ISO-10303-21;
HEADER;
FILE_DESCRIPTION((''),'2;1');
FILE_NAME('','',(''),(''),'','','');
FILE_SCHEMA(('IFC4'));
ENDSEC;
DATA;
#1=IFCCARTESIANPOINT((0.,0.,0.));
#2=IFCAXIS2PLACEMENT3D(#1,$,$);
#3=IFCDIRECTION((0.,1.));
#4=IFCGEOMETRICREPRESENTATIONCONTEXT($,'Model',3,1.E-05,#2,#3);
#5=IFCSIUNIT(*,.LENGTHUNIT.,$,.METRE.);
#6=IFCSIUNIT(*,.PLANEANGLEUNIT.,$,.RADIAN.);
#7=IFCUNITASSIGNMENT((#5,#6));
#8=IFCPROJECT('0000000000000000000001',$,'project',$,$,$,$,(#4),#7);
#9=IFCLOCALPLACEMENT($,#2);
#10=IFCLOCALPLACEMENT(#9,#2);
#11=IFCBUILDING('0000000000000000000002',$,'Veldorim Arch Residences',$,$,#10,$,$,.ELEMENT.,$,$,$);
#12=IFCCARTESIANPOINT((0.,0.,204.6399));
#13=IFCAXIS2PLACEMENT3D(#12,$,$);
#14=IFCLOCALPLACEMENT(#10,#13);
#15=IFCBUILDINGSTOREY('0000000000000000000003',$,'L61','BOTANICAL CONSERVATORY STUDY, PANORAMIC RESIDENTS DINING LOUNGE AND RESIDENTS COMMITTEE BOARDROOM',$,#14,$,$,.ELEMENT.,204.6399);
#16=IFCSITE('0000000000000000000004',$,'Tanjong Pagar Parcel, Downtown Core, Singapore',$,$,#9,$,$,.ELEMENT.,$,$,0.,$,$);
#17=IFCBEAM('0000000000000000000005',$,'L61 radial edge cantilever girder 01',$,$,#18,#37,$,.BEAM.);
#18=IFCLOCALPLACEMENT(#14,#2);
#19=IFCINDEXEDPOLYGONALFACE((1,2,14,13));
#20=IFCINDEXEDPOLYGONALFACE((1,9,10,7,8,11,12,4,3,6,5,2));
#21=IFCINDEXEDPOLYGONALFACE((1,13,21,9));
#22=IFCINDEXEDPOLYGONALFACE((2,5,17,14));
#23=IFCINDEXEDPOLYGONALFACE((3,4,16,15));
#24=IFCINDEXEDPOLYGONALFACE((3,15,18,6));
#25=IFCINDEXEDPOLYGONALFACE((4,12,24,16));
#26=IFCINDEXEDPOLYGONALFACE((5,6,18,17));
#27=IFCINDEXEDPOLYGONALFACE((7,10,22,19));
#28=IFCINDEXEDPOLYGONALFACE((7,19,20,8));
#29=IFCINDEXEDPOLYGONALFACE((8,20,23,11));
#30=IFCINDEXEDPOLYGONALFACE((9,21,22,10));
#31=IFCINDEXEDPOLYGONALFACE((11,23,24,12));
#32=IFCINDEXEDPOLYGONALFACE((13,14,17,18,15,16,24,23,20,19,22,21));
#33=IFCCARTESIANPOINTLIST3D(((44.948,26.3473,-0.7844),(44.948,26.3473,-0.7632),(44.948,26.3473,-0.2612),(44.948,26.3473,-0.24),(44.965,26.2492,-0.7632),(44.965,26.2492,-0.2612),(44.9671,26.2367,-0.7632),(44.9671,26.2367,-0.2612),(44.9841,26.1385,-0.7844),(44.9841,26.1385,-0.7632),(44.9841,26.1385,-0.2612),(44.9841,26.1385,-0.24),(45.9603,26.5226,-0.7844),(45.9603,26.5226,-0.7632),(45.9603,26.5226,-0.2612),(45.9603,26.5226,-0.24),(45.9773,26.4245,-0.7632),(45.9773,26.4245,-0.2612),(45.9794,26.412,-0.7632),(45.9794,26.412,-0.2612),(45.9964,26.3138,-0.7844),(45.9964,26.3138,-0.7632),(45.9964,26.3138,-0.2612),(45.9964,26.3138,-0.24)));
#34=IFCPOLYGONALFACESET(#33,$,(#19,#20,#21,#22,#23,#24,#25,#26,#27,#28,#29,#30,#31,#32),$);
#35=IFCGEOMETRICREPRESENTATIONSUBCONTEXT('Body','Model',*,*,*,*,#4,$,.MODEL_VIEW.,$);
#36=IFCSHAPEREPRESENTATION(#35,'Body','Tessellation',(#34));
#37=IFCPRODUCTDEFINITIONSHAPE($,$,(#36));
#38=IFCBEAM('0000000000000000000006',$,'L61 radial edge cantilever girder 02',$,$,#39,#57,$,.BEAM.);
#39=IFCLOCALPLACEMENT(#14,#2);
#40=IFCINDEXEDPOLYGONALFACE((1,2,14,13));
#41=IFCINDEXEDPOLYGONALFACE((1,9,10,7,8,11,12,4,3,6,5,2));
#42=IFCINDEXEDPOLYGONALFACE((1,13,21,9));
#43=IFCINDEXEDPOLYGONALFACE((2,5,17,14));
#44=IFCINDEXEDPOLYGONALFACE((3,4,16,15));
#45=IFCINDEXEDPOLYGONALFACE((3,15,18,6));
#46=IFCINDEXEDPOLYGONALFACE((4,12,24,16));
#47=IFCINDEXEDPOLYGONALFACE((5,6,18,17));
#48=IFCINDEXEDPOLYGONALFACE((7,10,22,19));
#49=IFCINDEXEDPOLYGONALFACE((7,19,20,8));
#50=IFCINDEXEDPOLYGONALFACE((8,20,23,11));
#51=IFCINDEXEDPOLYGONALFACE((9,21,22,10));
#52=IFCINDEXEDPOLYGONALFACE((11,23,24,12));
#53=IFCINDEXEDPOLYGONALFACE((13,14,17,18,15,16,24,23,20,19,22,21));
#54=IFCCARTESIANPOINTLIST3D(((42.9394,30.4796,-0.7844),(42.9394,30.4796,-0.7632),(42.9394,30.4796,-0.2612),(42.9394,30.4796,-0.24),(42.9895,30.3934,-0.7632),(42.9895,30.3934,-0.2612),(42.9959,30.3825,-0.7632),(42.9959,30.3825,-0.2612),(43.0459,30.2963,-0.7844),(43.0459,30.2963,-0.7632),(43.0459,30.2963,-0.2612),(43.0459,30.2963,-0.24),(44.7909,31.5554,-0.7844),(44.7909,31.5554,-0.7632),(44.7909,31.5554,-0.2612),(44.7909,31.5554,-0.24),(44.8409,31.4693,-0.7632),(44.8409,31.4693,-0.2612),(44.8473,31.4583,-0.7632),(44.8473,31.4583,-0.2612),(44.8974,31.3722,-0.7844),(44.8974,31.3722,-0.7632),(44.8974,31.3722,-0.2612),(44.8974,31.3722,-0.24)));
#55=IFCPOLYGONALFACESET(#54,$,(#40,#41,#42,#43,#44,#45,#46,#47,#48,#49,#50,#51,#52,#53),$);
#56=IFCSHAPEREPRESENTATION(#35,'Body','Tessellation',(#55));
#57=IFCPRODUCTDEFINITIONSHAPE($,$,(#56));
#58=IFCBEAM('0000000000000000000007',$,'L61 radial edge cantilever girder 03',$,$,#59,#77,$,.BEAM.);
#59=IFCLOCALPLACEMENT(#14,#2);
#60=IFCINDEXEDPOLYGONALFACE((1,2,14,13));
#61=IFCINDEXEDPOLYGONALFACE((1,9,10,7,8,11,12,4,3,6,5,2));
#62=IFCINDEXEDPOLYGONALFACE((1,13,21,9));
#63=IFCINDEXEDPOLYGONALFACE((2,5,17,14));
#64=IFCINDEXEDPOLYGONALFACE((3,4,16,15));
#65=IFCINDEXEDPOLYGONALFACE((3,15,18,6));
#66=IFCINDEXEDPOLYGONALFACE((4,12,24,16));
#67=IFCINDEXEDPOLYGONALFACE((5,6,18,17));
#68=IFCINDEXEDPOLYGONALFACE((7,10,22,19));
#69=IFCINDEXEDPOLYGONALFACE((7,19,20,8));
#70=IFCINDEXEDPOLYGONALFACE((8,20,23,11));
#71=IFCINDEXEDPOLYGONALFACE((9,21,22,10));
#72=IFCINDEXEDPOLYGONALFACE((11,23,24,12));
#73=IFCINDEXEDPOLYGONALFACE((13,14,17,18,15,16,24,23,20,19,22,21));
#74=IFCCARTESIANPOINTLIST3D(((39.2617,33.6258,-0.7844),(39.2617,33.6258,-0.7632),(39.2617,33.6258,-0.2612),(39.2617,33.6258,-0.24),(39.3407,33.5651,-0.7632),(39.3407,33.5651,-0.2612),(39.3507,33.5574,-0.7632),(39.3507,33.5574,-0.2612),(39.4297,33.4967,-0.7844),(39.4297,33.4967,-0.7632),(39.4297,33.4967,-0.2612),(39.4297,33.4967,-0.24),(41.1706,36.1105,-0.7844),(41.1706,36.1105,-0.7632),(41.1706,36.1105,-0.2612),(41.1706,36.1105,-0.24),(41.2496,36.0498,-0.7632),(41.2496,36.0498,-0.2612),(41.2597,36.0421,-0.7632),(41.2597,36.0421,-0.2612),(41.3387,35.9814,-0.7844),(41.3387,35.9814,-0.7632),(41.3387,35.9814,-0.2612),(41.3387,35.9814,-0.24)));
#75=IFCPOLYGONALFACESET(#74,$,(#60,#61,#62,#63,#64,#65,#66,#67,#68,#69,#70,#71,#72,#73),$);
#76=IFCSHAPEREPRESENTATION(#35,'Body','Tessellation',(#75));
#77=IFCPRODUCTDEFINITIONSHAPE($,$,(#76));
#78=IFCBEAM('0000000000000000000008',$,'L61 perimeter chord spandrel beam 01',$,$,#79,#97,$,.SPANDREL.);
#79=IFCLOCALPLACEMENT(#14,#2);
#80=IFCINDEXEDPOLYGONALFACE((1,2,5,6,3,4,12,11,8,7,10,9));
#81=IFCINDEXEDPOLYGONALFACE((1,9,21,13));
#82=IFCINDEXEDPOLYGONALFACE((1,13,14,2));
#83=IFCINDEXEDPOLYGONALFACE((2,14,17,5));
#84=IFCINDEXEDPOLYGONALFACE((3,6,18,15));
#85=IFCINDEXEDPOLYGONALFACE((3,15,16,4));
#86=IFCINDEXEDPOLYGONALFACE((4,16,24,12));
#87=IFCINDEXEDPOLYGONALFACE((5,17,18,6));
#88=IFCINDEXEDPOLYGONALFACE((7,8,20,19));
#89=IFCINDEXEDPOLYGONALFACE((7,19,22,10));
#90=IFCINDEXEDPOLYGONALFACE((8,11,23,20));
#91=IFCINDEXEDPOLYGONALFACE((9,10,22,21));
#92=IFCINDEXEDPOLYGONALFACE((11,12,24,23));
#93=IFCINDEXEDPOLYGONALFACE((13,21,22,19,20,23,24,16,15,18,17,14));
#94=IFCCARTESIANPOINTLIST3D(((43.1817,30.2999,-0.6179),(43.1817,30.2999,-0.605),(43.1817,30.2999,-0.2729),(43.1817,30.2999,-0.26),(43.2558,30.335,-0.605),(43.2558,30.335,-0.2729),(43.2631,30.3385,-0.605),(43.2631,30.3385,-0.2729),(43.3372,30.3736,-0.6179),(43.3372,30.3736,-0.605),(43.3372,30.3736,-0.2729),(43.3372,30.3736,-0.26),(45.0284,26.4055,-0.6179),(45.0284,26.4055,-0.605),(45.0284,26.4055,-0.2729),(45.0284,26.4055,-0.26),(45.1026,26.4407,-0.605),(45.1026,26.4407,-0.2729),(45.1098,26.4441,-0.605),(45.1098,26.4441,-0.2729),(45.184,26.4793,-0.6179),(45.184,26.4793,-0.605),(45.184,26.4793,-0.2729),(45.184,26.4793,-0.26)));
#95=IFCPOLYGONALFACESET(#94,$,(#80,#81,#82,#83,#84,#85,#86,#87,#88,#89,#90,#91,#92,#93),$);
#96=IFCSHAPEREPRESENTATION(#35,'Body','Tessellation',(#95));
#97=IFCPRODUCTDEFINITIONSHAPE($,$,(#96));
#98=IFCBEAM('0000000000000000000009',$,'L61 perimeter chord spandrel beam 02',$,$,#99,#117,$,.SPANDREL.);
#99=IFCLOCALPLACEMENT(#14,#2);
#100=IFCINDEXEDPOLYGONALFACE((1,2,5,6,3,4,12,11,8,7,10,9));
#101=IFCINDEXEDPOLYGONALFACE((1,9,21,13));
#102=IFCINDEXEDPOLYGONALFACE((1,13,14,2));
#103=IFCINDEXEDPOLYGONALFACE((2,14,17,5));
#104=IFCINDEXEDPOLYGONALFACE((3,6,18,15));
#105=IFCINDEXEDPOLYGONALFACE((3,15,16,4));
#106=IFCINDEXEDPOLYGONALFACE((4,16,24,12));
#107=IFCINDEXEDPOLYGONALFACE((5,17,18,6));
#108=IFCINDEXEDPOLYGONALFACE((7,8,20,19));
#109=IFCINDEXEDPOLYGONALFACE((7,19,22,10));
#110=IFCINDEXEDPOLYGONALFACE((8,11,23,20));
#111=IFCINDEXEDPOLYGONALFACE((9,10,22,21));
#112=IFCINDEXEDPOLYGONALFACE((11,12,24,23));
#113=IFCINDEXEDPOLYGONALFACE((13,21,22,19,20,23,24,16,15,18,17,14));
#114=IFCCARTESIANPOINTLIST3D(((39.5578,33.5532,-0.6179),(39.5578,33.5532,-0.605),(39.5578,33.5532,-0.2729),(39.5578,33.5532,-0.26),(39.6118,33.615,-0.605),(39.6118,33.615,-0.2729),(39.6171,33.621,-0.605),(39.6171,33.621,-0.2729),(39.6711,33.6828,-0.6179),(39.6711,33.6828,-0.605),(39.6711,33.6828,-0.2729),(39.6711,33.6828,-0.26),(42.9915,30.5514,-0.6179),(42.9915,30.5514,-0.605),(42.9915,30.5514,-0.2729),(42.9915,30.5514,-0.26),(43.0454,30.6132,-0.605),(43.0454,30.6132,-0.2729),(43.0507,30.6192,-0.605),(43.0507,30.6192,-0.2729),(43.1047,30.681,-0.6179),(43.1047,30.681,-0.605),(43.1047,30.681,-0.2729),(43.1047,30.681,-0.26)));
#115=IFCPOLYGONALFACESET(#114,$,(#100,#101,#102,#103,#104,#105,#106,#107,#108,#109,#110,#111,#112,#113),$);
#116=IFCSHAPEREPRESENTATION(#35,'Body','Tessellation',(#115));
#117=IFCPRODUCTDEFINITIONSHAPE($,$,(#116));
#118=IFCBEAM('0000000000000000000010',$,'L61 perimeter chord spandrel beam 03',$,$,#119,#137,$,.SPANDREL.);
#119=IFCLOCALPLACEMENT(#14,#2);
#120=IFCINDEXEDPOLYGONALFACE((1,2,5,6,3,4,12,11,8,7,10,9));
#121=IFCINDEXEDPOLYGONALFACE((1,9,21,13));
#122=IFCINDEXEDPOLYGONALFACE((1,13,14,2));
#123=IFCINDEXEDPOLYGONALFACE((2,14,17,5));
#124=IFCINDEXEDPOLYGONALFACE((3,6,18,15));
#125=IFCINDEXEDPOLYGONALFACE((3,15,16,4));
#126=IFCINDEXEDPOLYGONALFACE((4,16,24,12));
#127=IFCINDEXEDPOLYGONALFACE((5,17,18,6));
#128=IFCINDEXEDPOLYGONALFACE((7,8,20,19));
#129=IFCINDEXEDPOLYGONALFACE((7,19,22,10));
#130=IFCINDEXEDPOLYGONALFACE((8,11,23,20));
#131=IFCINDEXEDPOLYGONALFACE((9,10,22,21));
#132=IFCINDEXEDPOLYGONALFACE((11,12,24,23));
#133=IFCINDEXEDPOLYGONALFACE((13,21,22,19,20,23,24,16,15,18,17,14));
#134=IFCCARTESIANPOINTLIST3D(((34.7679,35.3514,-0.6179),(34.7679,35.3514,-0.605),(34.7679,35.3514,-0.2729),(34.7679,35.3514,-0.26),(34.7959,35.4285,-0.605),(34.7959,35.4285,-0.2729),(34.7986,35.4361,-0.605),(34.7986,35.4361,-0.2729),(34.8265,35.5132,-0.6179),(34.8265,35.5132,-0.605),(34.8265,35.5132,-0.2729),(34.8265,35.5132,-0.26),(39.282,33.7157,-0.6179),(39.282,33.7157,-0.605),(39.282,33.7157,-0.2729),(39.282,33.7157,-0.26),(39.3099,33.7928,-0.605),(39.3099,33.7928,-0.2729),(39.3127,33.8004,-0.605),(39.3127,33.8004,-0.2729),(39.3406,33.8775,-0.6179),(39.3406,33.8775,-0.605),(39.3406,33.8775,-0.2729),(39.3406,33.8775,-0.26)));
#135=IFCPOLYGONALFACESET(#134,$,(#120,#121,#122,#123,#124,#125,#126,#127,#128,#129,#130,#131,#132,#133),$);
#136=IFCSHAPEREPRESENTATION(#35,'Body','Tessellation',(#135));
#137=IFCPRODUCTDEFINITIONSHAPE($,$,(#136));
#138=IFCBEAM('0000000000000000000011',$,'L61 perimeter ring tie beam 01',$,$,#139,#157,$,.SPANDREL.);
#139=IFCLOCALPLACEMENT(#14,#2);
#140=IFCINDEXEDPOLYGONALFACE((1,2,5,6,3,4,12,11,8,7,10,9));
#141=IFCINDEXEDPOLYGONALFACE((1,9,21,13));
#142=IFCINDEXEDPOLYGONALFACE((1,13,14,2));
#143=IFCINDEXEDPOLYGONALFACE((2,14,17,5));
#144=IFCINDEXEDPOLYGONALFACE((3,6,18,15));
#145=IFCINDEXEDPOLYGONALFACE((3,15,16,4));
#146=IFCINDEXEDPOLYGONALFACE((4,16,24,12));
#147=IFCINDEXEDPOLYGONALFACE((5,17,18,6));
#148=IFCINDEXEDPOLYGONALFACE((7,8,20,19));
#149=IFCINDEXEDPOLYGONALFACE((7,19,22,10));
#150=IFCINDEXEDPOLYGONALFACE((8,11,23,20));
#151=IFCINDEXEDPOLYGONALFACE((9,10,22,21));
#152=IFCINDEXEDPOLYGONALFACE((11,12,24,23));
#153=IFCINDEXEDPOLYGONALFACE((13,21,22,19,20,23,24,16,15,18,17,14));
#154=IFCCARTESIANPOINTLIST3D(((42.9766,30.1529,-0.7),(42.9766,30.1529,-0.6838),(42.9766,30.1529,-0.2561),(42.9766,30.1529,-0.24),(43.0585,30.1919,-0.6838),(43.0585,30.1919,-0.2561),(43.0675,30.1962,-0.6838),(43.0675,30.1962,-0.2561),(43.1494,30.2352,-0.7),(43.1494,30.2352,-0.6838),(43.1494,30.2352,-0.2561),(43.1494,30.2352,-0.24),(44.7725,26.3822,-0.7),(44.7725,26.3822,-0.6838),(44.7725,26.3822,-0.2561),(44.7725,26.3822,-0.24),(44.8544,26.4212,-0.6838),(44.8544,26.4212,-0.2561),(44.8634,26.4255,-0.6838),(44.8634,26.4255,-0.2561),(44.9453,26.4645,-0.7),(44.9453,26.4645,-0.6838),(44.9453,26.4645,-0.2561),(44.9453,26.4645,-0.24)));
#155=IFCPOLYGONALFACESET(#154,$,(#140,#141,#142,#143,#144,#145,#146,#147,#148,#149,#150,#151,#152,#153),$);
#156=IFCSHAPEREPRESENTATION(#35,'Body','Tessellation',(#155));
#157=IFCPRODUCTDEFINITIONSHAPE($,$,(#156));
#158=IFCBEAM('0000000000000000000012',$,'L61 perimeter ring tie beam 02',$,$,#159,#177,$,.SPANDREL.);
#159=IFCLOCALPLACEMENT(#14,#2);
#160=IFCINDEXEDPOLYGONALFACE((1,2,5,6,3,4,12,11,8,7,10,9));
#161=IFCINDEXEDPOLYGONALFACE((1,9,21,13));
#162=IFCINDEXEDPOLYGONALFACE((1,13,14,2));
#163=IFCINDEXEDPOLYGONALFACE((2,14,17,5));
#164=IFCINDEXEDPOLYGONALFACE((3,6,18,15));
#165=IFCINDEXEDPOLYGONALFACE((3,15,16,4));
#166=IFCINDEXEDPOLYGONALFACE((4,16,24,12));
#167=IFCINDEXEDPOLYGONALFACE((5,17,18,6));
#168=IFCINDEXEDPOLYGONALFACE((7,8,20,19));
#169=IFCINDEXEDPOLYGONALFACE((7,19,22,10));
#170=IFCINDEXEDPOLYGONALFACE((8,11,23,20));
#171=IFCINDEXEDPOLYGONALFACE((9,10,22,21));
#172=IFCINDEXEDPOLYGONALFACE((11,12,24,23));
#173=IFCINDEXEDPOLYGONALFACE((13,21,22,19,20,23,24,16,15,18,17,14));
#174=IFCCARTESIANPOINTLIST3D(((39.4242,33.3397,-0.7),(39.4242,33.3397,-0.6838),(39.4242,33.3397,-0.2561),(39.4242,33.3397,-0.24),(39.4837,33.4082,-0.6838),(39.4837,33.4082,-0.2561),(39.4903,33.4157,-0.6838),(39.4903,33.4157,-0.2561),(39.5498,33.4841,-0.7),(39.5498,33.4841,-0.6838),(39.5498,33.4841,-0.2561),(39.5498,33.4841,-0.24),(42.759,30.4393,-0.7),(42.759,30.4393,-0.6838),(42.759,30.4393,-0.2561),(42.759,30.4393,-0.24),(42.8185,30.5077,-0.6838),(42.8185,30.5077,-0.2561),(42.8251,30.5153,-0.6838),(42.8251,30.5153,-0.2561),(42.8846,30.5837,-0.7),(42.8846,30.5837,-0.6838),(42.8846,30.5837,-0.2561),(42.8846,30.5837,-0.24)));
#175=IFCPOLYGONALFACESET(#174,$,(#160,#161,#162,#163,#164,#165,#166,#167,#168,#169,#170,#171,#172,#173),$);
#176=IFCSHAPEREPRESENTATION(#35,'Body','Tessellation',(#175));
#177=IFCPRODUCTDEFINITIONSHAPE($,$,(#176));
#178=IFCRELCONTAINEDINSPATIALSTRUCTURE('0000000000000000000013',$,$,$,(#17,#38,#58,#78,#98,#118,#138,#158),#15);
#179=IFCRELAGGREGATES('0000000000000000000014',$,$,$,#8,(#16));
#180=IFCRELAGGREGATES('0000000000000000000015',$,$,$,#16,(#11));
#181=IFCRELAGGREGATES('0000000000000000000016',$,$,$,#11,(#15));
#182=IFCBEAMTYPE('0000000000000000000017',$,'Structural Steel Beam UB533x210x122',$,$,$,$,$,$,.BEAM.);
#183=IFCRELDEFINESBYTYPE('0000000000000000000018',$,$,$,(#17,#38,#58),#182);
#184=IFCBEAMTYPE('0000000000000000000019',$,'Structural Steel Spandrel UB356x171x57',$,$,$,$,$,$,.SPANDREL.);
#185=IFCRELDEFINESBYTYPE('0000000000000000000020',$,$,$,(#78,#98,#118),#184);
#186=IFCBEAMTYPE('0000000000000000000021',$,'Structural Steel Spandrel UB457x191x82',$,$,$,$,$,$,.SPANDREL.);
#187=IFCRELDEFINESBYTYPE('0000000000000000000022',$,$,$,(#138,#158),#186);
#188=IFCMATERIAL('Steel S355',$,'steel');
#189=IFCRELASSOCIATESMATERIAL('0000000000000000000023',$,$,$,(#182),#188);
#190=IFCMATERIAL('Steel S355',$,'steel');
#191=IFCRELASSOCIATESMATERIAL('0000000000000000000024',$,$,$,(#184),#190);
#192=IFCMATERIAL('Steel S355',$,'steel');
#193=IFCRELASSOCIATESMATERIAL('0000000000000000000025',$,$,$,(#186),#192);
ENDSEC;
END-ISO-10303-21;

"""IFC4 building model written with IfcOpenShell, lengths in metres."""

from ifc_helpers import new_model, si_unit, direction, frame, origin, origin_2d, place, context, subcontext, project, spatial, i_section, extrude, material, material_profile, profile_set, type_object, element, save


model = new_model("IFC4")

# Units and contexts
model_context = context("Model", 3, precision=1e-05, world=origin(), true_north=direction((0.0, 1.0)))
body_context = subcontext(model_context, "Body", "Model", "MODEL_VIEW")
ifc_project = project(units=[si_unit("LENGTHUNIT", "METRE"), si_unit("PLANEANGLEUNIT", "RADIAN")], contexts=[model_context])

# Site, building, storey
site_placement = place(None, origin())
site = spatial("IfcSite", under=ifc_project, at=site_placement, Name="Tanjong Pagar Parcel, Downtown Core, Singapore", CompositionType="ELEMENT", RefElevation=0.0)
building_placement = place(site_placement, origin())
building = spatial("IfcBuilding", under=site, at=building_placement, Name="Veldorim Arch Residences", CompositionType="ELEMENT")
storey_placement = place(building_placement, frame((0.0, 0.0, 204.6399)))
storey = spatial("IfcBuildingStorey", under=building, at=storey_placement, Name="L61", Description="BOTANICAL CONSERVATORY STUDY, PANORAMIC RESIDENTS DINING LOUNGE AND RESIDENTS COMMITTEE BOARDROOM", CompositionType="ELEMENT", Elevation=204.6399)

# Beams
ifc_material_1 = material(Name="Steel S355", Category="steel")
ifc_material_profile_1 = material_profile(ifc_material_1, i_section(OverallWidth=0.2119, OverallDepth=0.5444, WebThickness=0.0127, FlangeThickness=0.0212, at=origin_2d()), Name="UB533x210x122")
ifc_profile_set_1 = profile_set([ifc_material_profile_1], Name="Steel S355")
beam_type_1 = type_object("IfcBeamType", Name="Structural Steel Beam UB533x210x122", PredefinedType="BEAM", material=ifc_profile_set_1)
beam_1_placement = place(storey_placement, frame((44.9661, 26.2429, -0.5122), z_axis=(0.985334, 0.170639, 0.0), x_axis=(-0.170639, 0.985334, 0.0)))
element("IfcBeam", 1, at=beam_1_placement, inside=storey, type_object=beam_type_1, Name="L61 radial edge cantilever girder 01", PredefinedType="BEAM", context=body_context, shape_type="SweptSolid", body=[
    extrude(i_section(OverallWidth=0.2119, OverallDepth=0.5444, WebThickness=0.0127, FlangeThickness=0.0212, at=origin_2d()), origin(), (0.0, 0.0, 1.0), 1.0273),
])
beam_2_placement = place(storey_placement, frame((42.9927, 30.3879, -0.5122), z_axis=(0.864621, 0.502424, 0.0), x_axis=(-0.502424, 0.864621, 0.0)))
element("IfcBeam", 2, at=beam_2_placement, inside=storey, type_object=beam_type_1, Name="L61 radial edge cantilever girder 02", PredefinedType="BEAM", context=body_context, shape_type="SweptSolid", body=[
    extrude(i_section(OverallWidth=0.2119, OverallDepth=0.5444, WebThickness=0.0127, FlangeThickness=0.0212, at=origin_2d()), origin(), (0.0, 0.0, 1.0), 2.1414),
])
beam_3_placement = place(storey_placement, frame((39.3457, 33.5613, -0.5122), z_axis=(0.609247, 0.79298, 0.0), x_axis=(-0.79298, 0.609247, 0.0)))
element("IfcBeam", 3, at=beam_3_placement, inside=storey, type_object=beam_type_1, Name="L61 radial edge cantilever girder 03", PredefinedType="BEAM", context=body_context, shape_type="SweptSolid", body=[
    extrude(i_section(OverallWidth=0.2119, OverallDepth=0.5444, WebThickness=0.0127, FlangeThickness=0.0212, at=origin_2d()), origin(), (0.0, 0.0, 1.0), 3.1333),
])
ifc_material_2 = material(Name="Steel S355", Category="steel")
ifc_material_profile_2 = material_profile(ifc_material_2, i_section(OverallWidth=0.1721, OverallDepth=0.3579, WebThickness=0.0081, FlangeThickness=0.0129, at=origin_2d()), Name="UB356x171x57")
ifc_profile_set_2 = profile_set([ifc_material_profile_2], Name="Steel S355")
beam_type_2 = type_object("IfcBeamType", Name="Structural Steel Spandrel UB356x171x57", PredefinedType="SPANDREL", material=ifc_profile_set_2)
beam_4_placement = place(storey_placement, frame((45.1062, 26.4424, -0.439), z_axis=(-0.428469, 0.903557, 0.0), x_axis=(-0.903557, -0.428469, 0.0)))
element("IfcBeam", 4, at=beam_4_placement, inside=storey, type_object=beam_type_2, Name="L61 perimeter chord spandrel beam 01", PredefinedType="SPANDREL", context=body_context, shape_type="SweptSolid", body=[
    extrude(i_section(OverallWidth=0.1721, OverallDepth=0.3579, WebThickness=0.0081, FlangeThickness=0.0129, at=origin_2d()), origin(), (0.0, 0.0, 1.0), 4.3101),
])
beam_5_placement = place(storey_placement, frame((43.0481, 30.6162, -0.439), z_axis=(-0.752868, 0.658171, 0.0), x_axis=(-0.658171, -0.752868, 0.0)))
element("IfcBeam", 5, at=beam_5_placement, inside=storey, type_object=beam_type_2, Name="L61 perimeter chord spandrel beam 02", PredefinedType="SPANDREL", context=body_context, shape_type="SweptSolid", body=[
    extrude(i_section(OverallWidth=0.1721, OverallDepth=0.3579, WebThickness=0.0081, FlangeThickness=0.0129, at=origin_2d()), origin(), (0.0, 0.0, 1.0), 4.5608),
])
beam_6_placement = place(storey_placement, frame((39.3113, 33.7966, -0.439), z_axis=(-0.940179, 0.340681, 0.0), x_axis=(-0.340681, -0.940179, 0.0)))
element("IfcBeam", 6, at=beam_6_placement, inside=storey, type_object=beam_type_2, Name="L61 perimeter chord spandrel beam 03", PredefinedType="SPANDREL", context=body_context, shape_type="SweptSolid", body=[
    extrude(i_section(OverallWidth=0.1721, OverallDepth=0.3579, WebThickness=0.0081, FlangeThickness=0.0129, at=origin_2d()), origin(), (0.0, 0.0, 1.0), 4.8013),
])
ifc_material_3 = material(Name="Steel S355", Category="steel")
ifc_material_profile_3 = material_profile(ifc_material_3, i_section(OverallWidth=0.1914, OverallDepth=0.46, WebThickness=0.01, FlangeThickness=0.0161, at=origin_2d()), Name="UB457x191x82")
ifc_profile_set_3 = profile_set([ifc_material_profile_3], Name="Steel S355")
beam_type_3 = type_object("IfcBeamType", Name="Structural Steel Spandrel UB457x191x82", PredefinedType="SPANDREL", material=ifc_profile_set_3)
beam_7_placement = place(storey_placement, frame((44.8589, 26.4233, -0.47), z_axis=(-0.429993, 0.902832, 0.0), x_axis=(-0.902832, -0.429993, 0.0)))
element("IfcBeam", 7, at=beam_7_placement, inside=storey, type_object=beam_type_3, Name="L61 perimeter ring tie beam 01", PredefinedType="SPANDREL", context=body_context, shape_type="SweptSolid", body=[
    extrude(i_section(OverallWidth=0.1914, OverallDepth=0.46, WebThickness=0.01, FlangeThickness=0.0161, at=origin_2d()), origin(), (0.0, 0.0, 1.0), 4.1765),
])
beam_8_placement = place(storey_placement, frame((42.8218, 30.5115, -0.47), z_axis=(-0.754534, 0.656261, 0.0), x_axis=(-0.656261, -0.754534, 0.0)))
element("IfcBeam", 8, at=beam_8_placement, inside=storey, type_object=beam_type_3, Name="L61 perimeter ring tie beam 02", PredefinedType="SPANDREL", context=body_context, shape_type="SweptSolid", body=[
    extrude(i_section(OverallWidth=0.1914, OverallDepth=0.46, WebThickness=0.01, FlangeThickness=0.0161, at=origin_2d()), origin(), (0.0, 0.0, 1.0), 4.4197),
])

save(model, "model.ifc")
